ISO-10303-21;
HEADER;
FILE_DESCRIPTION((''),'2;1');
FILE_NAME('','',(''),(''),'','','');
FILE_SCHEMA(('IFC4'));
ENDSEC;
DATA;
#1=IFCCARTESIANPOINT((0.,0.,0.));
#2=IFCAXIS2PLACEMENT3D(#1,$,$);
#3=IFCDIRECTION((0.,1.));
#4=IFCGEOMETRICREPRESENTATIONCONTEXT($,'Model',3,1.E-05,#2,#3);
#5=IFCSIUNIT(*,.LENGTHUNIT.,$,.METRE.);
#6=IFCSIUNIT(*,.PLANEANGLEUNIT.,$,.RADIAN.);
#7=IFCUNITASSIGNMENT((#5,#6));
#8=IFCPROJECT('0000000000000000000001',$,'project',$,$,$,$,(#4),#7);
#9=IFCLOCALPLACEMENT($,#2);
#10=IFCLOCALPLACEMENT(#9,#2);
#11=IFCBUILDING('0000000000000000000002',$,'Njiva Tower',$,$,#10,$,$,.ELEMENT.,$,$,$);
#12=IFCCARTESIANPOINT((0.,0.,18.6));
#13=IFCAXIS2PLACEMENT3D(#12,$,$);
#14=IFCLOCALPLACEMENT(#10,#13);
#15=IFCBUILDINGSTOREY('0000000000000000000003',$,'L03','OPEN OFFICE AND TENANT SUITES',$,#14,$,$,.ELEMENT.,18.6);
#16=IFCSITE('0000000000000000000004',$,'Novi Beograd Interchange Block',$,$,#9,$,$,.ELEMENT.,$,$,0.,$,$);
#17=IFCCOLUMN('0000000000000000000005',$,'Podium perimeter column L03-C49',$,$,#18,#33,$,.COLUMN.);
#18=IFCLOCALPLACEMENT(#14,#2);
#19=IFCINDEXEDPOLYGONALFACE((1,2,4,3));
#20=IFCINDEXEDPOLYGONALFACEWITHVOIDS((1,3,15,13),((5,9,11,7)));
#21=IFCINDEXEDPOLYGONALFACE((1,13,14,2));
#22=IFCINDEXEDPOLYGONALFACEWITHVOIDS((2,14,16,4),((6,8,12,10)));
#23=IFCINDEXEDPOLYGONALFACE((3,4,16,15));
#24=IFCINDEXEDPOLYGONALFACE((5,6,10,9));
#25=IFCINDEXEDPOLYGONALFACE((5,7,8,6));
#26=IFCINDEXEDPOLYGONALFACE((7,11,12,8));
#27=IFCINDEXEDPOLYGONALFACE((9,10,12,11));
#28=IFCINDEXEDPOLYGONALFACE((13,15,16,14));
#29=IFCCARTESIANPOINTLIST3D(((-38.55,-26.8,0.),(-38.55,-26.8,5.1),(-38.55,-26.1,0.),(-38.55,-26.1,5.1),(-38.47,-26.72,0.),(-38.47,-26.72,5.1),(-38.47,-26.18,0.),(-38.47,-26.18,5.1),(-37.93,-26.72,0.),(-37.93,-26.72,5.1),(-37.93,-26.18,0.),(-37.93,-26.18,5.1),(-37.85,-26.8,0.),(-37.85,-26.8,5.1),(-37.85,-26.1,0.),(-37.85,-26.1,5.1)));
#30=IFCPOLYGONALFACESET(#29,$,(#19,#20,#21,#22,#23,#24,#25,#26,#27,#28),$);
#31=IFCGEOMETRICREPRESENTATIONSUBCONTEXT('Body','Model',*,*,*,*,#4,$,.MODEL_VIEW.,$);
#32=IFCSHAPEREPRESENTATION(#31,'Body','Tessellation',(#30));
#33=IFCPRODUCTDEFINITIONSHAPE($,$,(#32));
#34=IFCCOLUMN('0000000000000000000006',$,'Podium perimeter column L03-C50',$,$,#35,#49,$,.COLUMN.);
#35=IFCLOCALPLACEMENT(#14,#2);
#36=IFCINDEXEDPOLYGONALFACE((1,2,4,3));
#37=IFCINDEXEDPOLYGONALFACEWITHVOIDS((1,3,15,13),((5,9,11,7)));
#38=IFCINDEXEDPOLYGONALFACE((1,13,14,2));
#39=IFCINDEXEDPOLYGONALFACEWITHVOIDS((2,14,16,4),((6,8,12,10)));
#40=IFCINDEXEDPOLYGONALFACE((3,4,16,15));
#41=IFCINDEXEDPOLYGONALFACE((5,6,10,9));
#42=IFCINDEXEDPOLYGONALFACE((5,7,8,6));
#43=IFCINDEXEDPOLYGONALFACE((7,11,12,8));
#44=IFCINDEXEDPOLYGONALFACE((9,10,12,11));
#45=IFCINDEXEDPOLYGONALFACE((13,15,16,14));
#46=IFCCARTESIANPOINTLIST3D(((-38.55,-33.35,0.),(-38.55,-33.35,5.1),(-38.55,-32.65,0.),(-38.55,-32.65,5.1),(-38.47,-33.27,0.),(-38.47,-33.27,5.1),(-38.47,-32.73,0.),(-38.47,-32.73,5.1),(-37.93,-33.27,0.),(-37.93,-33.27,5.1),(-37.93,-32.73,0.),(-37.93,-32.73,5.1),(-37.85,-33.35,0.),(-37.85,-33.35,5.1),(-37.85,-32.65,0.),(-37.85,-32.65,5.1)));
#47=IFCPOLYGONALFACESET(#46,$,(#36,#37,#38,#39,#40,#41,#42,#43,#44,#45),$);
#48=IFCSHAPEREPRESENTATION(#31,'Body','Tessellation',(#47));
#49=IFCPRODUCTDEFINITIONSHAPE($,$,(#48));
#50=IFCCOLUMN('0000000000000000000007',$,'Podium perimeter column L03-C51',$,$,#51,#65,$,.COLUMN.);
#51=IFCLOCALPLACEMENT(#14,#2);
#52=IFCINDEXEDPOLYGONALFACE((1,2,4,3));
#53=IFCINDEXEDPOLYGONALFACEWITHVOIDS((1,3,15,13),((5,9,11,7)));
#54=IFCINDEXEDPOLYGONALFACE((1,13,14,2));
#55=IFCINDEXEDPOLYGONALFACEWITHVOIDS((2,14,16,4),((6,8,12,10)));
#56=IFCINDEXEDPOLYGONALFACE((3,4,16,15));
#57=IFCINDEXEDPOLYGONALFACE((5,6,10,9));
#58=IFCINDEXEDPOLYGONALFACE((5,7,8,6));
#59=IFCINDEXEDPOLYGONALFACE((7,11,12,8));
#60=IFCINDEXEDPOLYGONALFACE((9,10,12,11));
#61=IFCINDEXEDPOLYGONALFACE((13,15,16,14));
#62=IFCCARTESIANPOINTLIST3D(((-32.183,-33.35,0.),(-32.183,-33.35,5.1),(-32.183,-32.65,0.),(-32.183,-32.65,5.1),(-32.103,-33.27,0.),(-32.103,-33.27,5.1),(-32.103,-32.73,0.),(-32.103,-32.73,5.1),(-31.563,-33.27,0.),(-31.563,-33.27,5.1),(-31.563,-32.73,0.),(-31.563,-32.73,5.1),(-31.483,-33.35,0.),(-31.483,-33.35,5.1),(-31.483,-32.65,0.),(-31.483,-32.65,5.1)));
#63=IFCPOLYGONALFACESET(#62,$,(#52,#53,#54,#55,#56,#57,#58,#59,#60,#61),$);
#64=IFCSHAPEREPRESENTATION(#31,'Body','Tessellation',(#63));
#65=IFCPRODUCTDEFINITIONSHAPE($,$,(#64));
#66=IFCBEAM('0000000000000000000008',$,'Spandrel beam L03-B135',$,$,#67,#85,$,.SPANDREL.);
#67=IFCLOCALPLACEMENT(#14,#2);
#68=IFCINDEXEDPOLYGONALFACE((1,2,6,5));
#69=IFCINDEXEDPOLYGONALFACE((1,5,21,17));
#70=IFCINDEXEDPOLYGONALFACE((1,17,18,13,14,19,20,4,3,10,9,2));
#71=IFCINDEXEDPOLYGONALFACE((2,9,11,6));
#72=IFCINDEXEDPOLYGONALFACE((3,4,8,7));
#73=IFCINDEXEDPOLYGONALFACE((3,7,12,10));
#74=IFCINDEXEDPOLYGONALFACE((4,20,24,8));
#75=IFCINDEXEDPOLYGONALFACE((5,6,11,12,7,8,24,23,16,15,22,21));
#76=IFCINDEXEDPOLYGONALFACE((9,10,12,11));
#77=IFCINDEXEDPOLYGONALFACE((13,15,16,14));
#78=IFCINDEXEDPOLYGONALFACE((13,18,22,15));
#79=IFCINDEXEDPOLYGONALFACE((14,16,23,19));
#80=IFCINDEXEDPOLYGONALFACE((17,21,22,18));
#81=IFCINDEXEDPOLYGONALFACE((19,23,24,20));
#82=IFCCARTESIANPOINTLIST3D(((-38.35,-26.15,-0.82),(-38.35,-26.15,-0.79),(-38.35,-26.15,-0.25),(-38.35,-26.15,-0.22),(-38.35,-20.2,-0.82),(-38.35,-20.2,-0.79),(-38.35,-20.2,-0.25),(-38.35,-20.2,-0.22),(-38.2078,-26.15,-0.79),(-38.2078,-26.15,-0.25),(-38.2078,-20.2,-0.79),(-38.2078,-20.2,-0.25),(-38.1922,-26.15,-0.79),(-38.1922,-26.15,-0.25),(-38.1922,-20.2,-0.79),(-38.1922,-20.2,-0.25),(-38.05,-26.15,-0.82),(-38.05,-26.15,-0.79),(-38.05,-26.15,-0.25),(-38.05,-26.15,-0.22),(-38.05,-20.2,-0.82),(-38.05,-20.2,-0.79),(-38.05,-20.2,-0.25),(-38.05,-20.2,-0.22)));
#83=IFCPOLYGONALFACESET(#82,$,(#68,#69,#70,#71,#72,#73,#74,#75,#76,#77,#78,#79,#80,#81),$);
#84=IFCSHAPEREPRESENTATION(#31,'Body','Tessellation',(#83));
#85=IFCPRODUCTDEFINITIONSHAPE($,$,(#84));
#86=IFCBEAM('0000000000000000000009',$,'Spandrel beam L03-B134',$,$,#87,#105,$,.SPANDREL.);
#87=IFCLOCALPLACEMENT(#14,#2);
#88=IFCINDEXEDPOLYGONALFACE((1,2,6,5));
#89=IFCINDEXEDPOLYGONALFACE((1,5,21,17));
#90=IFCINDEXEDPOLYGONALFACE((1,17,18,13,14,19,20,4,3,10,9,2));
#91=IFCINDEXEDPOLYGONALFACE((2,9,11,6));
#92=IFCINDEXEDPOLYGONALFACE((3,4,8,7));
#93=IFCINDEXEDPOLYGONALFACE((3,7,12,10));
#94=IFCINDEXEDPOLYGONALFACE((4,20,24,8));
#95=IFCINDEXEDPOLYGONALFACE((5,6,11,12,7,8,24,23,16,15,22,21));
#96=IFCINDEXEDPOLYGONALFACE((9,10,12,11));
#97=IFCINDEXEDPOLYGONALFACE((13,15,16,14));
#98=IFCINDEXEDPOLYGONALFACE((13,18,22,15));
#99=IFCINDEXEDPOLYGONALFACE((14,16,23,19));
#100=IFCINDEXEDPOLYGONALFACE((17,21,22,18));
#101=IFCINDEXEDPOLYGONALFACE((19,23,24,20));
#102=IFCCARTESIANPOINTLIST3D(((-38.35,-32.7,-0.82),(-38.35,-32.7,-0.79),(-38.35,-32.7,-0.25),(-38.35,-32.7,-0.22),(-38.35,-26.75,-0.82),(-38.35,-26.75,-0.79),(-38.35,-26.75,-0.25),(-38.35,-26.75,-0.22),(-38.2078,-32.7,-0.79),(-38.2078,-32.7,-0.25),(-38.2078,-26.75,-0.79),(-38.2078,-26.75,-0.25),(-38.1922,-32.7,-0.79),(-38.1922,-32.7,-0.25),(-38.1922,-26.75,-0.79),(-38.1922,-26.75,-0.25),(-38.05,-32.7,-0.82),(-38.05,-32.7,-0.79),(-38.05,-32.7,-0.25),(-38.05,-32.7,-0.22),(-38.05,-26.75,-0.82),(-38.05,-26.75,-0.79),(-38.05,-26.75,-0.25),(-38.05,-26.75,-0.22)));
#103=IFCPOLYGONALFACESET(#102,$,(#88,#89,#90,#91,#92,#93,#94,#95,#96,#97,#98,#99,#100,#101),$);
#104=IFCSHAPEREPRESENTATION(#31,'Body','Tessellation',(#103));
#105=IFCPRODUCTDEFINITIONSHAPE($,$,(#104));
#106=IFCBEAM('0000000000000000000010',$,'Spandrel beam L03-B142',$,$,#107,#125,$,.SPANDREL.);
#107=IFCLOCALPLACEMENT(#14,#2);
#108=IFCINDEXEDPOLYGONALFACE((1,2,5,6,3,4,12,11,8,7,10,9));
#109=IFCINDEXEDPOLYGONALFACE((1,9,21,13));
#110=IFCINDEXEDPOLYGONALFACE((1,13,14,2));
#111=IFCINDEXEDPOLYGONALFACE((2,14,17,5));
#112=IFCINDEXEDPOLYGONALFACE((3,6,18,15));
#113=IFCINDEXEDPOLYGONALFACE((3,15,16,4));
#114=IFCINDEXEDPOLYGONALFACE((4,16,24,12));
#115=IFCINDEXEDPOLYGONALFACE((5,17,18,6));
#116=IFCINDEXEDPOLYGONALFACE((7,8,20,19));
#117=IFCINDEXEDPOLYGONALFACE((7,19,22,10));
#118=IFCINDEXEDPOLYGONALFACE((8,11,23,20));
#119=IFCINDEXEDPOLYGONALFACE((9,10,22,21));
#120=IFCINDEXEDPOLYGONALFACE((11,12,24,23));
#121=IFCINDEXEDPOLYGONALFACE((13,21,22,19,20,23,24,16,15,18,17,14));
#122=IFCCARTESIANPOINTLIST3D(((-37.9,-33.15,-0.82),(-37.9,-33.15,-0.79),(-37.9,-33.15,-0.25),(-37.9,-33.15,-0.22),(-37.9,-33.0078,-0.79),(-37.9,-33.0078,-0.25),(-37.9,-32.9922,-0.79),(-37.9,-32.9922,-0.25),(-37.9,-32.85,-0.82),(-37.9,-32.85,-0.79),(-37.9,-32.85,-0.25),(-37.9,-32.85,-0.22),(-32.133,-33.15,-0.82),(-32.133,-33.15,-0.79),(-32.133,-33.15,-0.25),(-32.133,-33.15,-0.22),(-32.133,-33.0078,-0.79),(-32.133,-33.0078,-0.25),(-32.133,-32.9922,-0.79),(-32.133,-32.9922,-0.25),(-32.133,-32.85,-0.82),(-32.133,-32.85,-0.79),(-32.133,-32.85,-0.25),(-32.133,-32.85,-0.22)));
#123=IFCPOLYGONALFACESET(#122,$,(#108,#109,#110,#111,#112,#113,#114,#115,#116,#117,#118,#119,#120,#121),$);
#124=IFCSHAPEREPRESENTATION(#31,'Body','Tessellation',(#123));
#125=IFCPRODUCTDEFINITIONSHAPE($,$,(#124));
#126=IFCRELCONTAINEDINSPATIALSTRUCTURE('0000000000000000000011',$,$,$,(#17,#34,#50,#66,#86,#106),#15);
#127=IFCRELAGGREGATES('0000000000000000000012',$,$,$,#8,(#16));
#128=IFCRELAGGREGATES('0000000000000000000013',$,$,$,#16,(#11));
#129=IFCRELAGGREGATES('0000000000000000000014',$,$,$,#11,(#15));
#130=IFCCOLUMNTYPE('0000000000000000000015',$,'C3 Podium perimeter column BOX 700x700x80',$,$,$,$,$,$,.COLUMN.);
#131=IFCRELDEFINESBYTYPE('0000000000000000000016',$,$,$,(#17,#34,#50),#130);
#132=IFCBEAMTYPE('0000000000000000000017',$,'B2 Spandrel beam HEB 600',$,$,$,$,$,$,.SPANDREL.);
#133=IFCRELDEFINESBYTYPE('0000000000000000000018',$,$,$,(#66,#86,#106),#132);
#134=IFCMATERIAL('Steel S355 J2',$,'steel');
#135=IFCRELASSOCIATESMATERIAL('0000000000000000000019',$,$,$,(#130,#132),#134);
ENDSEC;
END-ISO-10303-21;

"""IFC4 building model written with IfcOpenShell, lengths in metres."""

from ifc_helpers import new_model, si_unit, direction, frame, origin, origin_2d, place, context, subcontext, project, spatial, hollow_rectangle, i_section, extrude, material, material_profile, profile_set, type_object, element, save


model = new_model("IFC4")

# Units and contexts
model_context = context("Model", 3, precision=1e-05, world=origin(), true_north=direction((0.0, 1.0)))
body_context = subcontext(model_context, "Body", "Model", "MODEL_VIEW")
ifc_project = project(units=[si_unit("LENGTHUNIT", "METRE"), si_unit("PLANEANGLEUNIT", "RADIAN")], contexts=[model_context])

# Site, building, storey
site_placement = place(None, origin())
site = spatial("IfcSite", under=ifc_project, at=site_placement, Name="Novi Beograd Interchange Block", CompositionType="ELEMENT", RefElevation=0.0)
building_placement = place(site_placement, origin())
building = spatial("IfcBuilding", under=site, at=building_placement, Name="Njiva Tower", CompositionType="ELEMENT")
storey_placement = place(building_placement, frame((0.0, 0.0, 18.6)))
storey = spatial("IfcBuildingStorey", under=building, at=storey_placement, Name="L03", Description="OPEN OFFICE AND TENANT SUITES", CompositionType="ELEMENT", Elevation=18.6)

# Columns
ifc_material_1 = material(Name="Steel S355 J2", Category="steel")
ifc_material_profile_1 = material_profile(ifc_material_1, hollow_rectangle(XDim=0.7, YDim=0.7, WallThickness=0.08, at=origin_2d()), Name="BOX 700x700x80")
ifc_profile_set_1 = profile_set([ifc_material_profile_1], Name="Steel S355 J2")
column_type = type_object("IfcColumnType", Name="C3 Podium perimeter column BOX 700x700x80", PredefinedType="COLUMN", material=ifc_profile_set_1)
for number, where, z_axis, x_axis, name in (
    (1, (-38.2, -26.45, 0.0), (0.0, 0.0, 1.0), (0.0, -1.0, 0.0), "Podium perimeter column L03-C49"),
    (2, (-38.2, -33.0, 0.0), (0.0, 0.0, 1.0), (1.0, 0.0, 0.0), "Podium perimeter column L03-C50"),
    (3, (-31.833, -33.0, 0.0), (0.0, 0.0, 1.0), (1.0, 0.0, 0.0), "Podium perimeter column L03-C51"),
):
    element("IfcColumn", number, at=place(storey_placement, frame(where, z_axis=z_axis, x_axis=x_axis)), inside=storey, type_object=column_type, Name=name, PredefinedType="COLUMN", context=body_context, shape_type="SweptSolid", body=[
        extrude(hollow_rectangle(XDim=0.7, YDim=0.7, WallThickness=0.08, at=origin_2d()), origin(), (0.0, 0.0, 1.0), 5.1),
    ])

# Beams
ifc_material_profile_2 = material_profile(ifc_material_1, i_section(OverallWidth=0.3, OverallDepth=0.6, WebThickness=0.0155, FlangeThickness=0.03, at=origin_2d()), Name="HEB 600")
ifc_profile_set_2 = profile_set([ifc_material_profile_2], Name="Steel S355 J2")
beam_type = type_object("IfcBeamType", Name="B2 Spandrel beam HEB 600", PredefinedType="SPANDREL", material=ifc_profile_set_2)
for number, where, z_axis, x_axis, name in (
    (4, (-38.2, -20.2, -0.52), (0.0, -1.0, 0.0), (1.0, 0.0, 0.0), "Spandrel beam L03-B135"),
    (5, (-38.2, -26.75, -0.52), (0.0, -1.0, 0.0), (1.0, 0.0, 0.0), "Spandrel beam L03-B134"),
):
    element("IfcBeam", number, at=place(storey_placement, frame(where, z_axis=z_axis, x_axis=x_axis)), inside=storey, type_object=beam_type, Name=name, PredefinedType="SPANDREL", context=body_context, shape_type="SweptSolid", body=[
        extrude(i_section(OverallWidth=0.3, OverallDepth=0.6, WebThickness=0.0155, FlangeThickness=0.03, at=origin_2d()), origin(), (0.0, 0.0, 1.0), 5.95),
    ])
beam_placement = place(storey_placement, frame((-37.9, -33.0, -0.52), z_axis=(1.0, 0.0, 0.0), x_axis=(0.0, 1.0, 0.0)))
element("IfcBeam", 6, at=beam_placement, inside=storey, type_object=beam_type, Name="Spandrel beam L03-B142", PredefinedType="SPANDREL", context=body_context, shape_type="SweptSolid", body=[
    extrude(i_section(OverallWidth=0.3, OverallDepth=0.6, WebThickness=0.0155, FlangeThickness=0.03, at=origin_2d()), origin(), (0.0, 0.0, 1.0), 5.767),
])

save(model, "model.ifc")
